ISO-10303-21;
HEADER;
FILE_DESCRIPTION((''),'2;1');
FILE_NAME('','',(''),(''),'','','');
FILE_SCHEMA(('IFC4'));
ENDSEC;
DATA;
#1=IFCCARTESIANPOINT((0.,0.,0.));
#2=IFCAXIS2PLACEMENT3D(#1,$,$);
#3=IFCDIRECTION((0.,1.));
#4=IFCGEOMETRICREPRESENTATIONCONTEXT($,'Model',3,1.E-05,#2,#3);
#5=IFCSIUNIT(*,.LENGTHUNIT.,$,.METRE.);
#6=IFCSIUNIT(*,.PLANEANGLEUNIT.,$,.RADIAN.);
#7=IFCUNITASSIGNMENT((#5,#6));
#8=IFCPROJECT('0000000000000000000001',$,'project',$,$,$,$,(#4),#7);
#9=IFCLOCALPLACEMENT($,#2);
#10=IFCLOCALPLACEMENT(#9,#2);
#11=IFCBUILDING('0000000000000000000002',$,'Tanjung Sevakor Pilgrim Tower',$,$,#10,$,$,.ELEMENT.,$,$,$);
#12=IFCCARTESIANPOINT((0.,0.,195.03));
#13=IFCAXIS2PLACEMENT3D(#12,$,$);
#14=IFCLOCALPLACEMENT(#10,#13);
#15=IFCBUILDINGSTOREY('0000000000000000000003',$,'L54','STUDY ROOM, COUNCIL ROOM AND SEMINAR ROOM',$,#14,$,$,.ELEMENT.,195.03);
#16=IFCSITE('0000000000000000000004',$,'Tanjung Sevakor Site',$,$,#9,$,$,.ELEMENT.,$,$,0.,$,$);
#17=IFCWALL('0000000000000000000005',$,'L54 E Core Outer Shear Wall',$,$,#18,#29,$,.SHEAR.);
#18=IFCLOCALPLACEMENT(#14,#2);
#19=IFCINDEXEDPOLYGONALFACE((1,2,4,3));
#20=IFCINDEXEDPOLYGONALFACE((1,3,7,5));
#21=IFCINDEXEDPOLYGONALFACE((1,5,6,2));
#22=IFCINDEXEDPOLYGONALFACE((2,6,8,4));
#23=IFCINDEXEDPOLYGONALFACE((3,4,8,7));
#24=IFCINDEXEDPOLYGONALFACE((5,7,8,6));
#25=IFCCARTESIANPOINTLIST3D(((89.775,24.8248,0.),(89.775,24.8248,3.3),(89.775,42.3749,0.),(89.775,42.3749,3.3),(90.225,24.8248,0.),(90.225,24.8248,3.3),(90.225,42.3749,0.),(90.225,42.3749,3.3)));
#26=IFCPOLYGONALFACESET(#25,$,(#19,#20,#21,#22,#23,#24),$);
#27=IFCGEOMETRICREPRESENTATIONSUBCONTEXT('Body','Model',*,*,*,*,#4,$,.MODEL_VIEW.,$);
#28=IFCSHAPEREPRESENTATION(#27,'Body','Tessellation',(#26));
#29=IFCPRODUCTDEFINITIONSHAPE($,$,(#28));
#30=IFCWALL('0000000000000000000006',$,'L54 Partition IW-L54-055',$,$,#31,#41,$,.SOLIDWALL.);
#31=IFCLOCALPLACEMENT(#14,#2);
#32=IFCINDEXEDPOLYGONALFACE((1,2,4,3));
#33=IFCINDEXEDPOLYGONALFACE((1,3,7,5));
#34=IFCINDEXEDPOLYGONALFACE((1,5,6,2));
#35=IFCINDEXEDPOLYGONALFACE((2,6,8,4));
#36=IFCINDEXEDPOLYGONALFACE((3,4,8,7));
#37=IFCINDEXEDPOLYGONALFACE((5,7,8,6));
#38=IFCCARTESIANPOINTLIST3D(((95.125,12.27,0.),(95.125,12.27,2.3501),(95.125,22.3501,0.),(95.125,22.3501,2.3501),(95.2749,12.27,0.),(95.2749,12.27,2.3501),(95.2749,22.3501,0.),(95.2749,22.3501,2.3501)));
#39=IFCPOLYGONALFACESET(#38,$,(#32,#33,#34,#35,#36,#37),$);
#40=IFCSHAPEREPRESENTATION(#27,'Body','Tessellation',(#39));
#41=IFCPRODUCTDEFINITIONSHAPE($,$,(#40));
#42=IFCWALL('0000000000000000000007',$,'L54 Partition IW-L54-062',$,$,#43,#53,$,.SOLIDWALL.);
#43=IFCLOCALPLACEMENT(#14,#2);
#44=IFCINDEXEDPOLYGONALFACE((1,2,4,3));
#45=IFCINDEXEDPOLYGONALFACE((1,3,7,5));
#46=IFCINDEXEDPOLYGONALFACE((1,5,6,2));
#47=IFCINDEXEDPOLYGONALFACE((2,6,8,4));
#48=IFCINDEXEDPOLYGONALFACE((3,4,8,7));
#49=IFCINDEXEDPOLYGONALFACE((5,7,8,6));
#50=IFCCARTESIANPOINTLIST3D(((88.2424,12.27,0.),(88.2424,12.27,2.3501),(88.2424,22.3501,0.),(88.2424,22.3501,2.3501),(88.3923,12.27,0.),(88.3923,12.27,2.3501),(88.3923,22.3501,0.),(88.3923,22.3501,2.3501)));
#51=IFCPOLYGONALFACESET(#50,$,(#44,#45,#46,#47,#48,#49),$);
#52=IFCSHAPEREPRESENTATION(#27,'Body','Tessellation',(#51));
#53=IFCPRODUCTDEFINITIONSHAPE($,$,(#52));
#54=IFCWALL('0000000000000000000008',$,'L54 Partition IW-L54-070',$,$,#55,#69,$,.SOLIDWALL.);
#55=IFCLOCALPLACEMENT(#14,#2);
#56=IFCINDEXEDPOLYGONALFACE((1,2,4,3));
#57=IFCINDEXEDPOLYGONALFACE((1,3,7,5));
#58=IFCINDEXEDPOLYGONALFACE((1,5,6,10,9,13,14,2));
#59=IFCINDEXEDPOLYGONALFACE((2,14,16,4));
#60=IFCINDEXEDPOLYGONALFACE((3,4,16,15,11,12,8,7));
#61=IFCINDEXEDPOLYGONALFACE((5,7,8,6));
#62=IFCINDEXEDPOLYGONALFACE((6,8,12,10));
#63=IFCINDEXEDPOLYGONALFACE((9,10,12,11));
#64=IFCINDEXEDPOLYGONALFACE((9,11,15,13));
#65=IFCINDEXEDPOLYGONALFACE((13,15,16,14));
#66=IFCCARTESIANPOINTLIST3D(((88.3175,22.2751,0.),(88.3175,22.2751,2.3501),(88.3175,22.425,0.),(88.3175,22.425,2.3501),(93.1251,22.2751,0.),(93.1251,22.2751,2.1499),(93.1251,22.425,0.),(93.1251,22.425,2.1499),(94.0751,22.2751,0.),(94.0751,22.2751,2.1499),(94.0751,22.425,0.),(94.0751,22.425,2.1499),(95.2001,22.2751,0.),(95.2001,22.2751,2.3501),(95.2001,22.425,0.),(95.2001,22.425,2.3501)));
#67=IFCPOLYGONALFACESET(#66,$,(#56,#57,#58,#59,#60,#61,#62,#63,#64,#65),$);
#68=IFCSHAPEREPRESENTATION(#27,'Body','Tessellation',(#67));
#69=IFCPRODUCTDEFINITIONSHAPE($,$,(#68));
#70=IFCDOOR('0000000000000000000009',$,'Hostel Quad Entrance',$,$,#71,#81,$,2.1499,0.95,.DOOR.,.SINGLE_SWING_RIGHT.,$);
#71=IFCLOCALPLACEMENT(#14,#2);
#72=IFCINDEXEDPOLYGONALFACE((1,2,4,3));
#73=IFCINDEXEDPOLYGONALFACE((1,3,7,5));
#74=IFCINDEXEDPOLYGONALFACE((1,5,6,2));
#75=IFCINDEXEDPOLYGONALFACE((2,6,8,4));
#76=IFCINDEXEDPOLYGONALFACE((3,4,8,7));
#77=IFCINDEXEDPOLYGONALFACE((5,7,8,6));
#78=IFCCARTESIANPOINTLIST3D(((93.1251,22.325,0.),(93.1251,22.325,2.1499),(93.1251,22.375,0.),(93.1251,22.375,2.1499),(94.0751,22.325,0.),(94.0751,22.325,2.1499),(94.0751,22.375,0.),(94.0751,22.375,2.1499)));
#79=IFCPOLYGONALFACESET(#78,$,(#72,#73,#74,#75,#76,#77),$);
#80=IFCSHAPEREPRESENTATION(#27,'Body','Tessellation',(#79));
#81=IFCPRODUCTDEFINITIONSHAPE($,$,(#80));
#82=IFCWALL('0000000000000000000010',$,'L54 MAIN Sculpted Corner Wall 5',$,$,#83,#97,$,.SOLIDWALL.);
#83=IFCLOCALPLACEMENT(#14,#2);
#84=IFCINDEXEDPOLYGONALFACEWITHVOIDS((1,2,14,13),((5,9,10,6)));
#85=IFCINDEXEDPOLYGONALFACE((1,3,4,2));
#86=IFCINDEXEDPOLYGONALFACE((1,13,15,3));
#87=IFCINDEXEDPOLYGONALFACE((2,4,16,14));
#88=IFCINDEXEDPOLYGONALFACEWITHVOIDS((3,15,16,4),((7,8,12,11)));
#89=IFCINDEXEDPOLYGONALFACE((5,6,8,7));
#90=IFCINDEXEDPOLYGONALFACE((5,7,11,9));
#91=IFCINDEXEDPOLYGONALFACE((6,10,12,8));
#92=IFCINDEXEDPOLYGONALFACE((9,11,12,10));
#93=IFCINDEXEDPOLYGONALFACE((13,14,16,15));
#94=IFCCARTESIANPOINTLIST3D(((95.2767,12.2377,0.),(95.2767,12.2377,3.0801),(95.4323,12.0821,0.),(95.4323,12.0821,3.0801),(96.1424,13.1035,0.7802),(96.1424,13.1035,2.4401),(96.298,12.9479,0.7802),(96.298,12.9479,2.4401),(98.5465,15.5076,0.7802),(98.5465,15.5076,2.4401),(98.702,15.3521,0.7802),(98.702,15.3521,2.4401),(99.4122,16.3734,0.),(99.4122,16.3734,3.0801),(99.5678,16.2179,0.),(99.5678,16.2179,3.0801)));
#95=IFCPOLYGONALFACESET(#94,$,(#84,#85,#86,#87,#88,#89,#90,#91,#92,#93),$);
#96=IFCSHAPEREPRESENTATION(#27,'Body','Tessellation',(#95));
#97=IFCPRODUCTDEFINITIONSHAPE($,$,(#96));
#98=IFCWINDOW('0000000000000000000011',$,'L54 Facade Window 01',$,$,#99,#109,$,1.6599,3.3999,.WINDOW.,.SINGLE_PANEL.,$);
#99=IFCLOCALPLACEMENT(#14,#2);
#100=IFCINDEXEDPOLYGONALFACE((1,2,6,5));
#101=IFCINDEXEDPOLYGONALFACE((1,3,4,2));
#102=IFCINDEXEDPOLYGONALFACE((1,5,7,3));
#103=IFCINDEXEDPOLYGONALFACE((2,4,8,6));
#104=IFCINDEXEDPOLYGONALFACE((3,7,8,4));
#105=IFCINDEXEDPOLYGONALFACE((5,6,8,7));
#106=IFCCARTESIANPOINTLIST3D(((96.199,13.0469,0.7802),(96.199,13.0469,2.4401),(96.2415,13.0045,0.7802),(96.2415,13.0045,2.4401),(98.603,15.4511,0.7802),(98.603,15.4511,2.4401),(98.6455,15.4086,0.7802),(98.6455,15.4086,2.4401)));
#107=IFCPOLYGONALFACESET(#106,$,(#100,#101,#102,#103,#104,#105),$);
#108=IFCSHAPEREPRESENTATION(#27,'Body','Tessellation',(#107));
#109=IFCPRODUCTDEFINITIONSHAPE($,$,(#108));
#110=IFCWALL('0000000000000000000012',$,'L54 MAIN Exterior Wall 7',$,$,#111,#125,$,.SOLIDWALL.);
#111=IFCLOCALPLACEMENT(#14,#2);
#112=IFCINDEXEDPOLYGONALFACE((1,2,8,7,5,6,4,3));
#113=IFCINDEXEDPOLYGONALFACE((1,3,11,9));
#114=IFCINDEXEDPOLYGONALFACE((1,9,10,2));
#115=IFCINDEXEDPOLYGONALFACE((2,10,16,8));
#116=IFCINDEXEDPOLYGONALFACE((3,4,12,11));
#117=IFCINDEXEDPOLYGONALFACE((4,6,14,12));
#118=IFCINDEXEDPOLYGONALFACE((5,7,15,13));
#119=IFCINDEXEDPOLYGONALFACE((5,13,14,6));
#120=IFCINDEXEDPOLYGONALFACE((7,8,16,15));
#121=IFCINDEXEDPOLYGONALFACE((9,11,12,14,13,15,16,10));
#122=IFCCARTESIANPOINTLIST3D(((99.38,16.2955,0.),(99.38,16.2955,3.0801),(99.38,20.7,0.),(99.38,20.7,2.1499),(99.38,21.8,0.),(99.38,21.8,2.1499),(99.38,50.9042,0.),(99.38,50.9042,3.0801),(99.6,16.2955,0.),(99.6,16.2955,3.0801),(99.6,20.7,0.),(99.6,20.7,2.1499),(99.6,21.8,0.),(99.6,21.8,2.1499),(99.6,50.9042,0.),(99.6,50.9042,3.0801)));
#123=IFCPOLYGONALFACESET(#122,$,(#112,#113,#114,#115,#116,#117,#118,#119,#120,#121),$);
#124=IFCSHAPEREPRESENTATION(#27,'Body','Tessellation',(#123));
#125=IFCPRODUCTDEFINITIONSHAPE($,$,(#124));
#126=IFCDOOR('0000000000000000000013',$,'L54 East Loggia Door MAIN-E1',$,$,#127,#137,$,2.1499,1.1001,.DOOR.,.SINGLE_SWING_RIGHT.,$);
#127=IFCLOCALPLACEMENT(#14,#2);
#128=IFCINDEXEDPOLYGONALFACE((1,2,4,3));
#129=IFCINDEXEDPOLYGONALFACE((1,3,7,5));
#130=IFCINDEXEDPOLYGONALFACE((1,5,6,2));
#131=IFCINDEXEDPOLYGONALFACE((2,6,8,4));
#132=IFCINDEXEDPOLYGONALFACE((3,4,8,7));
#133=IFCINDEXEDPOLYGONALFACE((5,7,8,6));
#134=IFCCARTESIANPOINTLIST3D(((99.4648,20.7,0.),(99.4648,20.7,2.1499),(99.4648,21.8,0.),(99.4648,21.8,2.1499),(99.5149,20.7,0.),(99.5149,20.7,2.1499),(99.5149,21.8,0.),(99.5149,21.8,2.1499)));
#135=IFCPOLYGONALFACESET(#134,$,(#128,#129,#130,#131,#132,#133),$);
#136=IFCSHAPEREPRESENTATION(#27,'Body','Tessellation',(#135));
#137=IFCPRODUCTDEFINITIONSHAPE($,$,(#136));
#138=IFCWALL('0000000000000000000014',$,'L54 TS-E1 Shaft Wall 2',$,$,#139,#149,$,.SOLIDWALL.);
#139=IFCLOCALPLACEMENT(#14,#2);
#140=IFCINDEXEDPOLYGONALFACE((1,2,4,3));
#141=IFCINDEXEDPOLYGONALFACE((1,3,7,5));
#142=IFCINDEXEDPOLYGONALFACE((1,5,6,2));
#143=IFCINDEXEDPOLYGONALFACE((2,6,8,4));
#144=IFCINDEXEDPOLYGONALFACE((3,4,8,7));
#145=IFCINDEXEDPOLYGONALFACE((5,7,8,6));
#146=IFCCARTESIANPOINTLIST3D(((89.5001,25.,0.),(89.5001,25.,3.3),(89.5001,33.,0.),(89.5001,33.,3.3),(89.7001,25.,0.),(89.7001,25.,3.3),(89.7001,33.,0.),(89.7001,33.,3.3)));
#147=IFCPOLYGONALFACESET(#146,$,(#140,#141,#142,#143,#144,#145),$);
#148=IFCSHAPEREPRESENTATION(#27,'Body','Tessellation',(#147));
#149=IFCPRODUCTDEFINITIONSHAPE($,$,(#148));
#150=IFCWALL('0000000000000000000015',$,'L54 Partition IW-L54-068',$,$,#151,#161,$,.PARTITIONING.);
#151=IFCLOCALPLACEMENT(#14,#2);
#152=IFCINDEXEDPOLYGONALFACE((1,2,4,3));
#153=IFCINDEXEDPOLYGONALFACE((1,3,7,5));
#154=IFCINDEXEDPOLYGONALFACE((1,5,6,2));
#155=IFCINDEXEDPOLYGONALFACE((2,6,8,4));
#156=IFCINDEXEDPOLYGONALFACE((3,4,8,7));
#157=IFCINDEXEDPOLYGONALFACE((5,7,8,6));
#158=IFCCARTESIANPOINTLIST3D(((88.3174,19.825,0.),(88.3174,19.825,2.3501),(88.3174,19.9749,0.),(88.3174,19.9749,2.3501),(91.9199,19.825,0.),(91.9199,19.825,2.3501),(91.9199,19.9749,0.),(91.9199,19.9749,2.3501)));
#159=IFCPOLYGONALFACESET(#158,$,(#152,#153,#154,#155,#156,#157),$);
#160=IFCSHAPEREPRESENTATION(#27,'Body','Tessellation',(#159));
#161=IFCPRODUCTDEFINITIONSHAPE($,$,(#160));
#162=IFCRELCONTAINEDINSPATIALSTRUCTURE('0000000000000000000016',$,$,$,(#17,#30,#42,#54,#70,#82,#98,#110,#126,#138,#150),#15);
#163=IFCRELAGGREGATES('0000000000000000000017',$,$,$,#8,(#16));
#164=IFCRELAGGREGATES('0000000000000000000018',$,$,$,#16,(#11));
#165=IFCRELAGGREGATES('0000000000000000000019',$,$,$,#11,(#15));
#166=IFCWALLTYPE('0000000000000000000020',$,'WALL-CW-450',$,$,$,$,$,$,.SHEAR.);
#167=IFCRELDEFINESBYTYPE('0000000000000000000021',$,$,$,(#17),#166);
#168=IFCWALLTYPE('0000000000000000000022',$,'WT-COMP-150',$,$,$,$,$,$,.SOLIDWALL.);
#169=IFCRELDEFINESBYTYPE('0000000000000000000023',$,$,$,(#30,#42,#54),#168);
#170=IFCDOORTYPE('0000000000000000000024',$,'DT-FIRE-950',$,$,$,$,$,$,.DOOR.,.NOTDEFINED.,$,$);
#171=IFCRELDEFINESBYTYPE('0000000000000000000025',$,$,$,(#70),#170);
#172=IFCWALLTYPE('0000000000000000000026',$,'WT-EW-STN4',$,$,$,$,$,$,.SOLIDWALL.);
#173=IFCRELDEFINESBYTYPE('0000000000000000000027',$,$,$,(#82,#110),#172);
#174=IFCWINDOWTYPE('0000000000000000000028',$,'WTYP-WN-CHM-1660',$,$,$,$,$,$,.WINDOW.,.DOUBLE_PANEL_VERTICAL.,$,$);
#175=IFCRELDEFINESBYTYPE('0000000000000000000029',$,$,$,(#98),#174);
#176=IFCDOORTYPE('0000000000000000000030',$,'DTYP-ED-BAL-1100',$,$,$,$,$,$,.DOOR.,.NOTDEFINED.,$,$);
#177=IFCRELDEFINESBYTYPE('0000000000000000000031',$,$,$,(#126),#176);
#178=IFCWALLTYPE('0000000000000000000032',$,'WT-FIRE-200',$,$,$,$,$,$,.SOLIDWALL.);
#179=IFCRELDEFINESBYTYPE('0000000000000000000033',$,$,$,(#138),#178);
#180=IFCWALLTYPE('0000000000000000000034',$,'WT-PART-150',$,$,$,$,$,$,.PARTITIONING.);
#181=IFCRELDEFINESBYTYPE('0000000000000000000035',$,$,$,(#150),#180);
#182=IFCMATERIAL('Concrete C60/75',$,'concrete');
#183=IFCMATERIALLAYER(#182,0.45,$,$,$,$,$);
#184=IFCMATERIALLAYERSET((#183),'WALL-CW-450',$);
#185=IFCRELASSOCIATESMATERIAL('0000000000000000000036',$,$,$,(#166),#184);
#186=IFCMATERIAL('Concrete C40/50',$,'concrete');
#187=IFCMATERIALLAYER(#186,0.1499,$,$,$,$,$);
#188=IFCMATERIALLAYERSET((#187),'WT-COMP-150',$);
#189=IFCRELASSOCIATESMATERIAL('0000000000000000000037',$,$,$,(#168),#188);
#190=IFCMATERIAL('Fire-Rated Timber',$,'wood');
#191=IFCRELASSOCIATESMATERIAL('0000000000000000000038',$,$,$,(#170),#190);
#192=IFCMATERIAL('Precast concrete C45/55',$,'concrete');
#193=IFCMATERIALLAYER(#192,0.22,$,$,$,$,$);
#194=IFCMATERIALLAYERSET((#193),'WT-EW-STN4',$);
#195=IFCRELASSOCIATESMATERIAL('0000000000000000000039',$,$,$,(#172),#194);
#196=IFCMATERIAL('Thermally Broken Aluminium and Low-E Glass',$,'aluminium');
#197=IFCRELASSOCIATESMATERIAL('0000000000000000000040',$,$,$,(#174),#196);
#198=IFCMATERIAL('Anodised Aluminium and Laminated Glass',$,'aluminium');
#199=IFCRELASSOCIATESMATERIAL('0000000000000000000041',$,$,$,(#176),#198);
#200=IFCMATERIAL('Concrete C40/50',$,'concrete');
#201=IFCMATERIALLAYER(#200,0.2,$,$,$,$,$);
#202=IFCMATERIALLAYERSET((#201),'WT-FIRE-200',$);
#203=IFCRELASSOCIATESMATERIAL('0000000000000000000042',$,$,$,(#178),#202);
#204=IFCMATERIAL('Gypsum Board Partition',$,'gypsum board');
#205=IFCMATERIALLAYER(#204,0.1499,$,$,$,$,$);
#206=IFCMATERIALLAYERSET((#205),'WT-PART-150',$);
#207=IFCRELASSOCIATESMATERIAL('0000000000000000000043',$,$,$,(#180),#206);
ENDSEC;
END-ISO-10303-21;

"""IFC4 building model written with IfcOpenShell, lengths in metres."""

from ifc_helpers import new_model, si_unit, direction, frame, frame_2d, origin, place, context, subcontext, project, spatial, rectangle, extrude, material, layer, layer_set, type_object, element, fill, save


model = new_model("IFC4")

# Units and contexts
model_context = context("Model", 3, precision=1e-05, world=origin(), true_north=direction((0.0, 1.0)))
body_context = subcontext(model_context, "Body", "Model", "MODEL_VIEW")
ifc_project = project(units=[si_unit("LENGTHUNIT", "METRE"), si_unit("PLANEANGLEUNIT", "RADIAN")], contexts=[model_context])

# Site, building, storey
site_placement = place(None, origin())
site = spatial("IfcSite", under=ifc_project, at=site_placement, Name="Tanjung Sevakor Site", CompositionType="ELEMENT", RefElevation=0.0)
building_placement = place(site_placement, origin())
building = spatial("IfcBuilding", under=site, at=building_placement, Name="Tanjung Sevakor Pilgrim Tower", CompositionType="ELEMENT")
storey_placement = place(building_placement, frame((0.0, 0.0, 195.03)))
storey = spatial("IfcBuildingStorey", under=building, at=storey_placement, Name="L54", Description="STUDY ROOM, COUNCIL ROOM AND SEMINAR ROOM", CompositionType="ELEMENT", Elevation=195.03)

# Walls
ifc_material_1 = material(Name="Concrete C60/75", Category="concrete")
ifc_layer_1 = layer(ifc_material_1, 0.45)
ifc_layer_set_1 = layer_set([ifc_layer_1], Name="WALL-CW-450")
wall_type_1 = type_object("IfcWallType", Name="WALL-CW-450", PredefinedType="SHEAR", material=ifc_layer_set_1)
wall_1_placement = place(storey_placement, frame((90.0, 24.825, 0.0), z_axis=(0.0, 0.0, 1.0), x_axis=(0.0, 1.0, 0.0)))
element("IfcWall", 1, at=wall_1_placement, inside=storey, type_object=wall_type_1, Name="L54 E Core Outer Shear Wall", PredefinedType="SHEAR", context=body_context, shape_type="SweptSolid", body=[
    extrude(rectangle(XDim=17.55, YDim=0.45, at=frame_2d((8.7749, 0.0))), origin(), (0.0, 0.0, 1.0), 3.3),
])
ifc_material_2 = material(Name="Concrete C40/50", Category="concrete")
ifc_layer_2 = layer(ifc_material_2, 0.1499)
ifc_layer_set_2 = layer_set([ifc_layer_2], Name="WT-COMP-150")
wall_type_2 = type_object("IfcWallType", Name="WT-COMP-150", PredefinedType="SOLIDWALL", material=ifc_layer_set_2)
for number, where, z_axis, x_axis, name in (
    (2, (95.2, 12.27, 0.0), (0.0, 0.0, 1.0), (0.0, 1.0, 0.0), "L54 Partition IW-L54-055"),
    (3, (88.3174, 12.27, 0.0), (0.0, 0.0, 1.0), (0.0, 1.0, 0.0), "L54 Partition IW-L54-062"),
):
    element("IfcWall", number, at=place(storey_placement, frame(where, z_axis=z_axis, x_axis=x_axis)), inside=storey, type_object=wall_type_2, Name=name, PredefinedType="SOLIDWALL", context=body_context, shape_type="SweptSolid", body=[
        extrude(rectangle(XDim=10.0801, YDim=0.1499, at=frame_2d((5.04, 0.0))), origin(), (0.0, 0.0, 1.0), 2.3501),
    ])

# Wall, opening, door
wall_2_placement = place(storey_placement, frame((88.3174, 22.3501, 0.0), z_axis=(0.0, 0.0, 1.0), x_axis=(1.0, 0.0, 0.0)))
wall_2 = element("IfcWall", 4, at=wall_2_placement, inside=storey, type_object=wall_type_2, Name="L54 Partition IW-L54-070", PredefinedType="SOLIDWALL", context=body_context, shape_type="SweptSolid", body=[
    extrude(rectangle(XDim=6.8826, YDim=0.1499, at=frame_2d((3.4414, 0.0))), origin(), (0.0, 0.0, 1.0), 2.3501),
])
opening_1_placement = place(wall_2_placement, frame((4.8076, 0.0, 0.0)))
opening_1 = element("IfcOpeningElement", 5, at=opening_1_placement, cuts=wall_2, PredefinedType="OPENING", context=body_context, shape_type="SweptSolid", body=[
    extrude(rectangle(XDim=0.95, YDim=2.1499, at=frame_2d((0.4751, 1.075))), frame((0.0, 0.085, 0.0), z_axis=(0.0, -1.0, 0.0), x_axis=(1.0, 0.0, 0.0)), (0.0, 0.0, 1.0), 0.1699),
])
ifc_material_3 = material(Name="Fire-Rated Timber", Category="wood")
door_type_1 = type_object("IfcDoorType", Name="DT-FIRE-950", OperationType="NOTDEFINED", PredefinedType="DOOR", material=ifc_material_3)
door_1_placement = place(opening_1_placement, origin())
door_1 = element("IfcDoor", 6, at=door_1_placement, inside=storey, type_object=door_type_1, Name="Hostel Quad Entrance", OperationType="SINGLE_SWING_RIGHT", OverallHeight=2.1499, OverallWidth=0.95, PredefinedType="DOOR", context=body_context, shape_type="SweptSolid", body=[
    extrude(rectangle(XDim=0.95, YDim=2.1499, at=frame_2d((0.4751, 1.075))), frame((0.0, 0.0249, 0.0), z_axis=(0.0, -1.0, 0.0), x_axis=(1.0, 0.0, 0.0)), (0.0, 0.0, 1.0), 0.05),
])
fill(opening_1, door_1)

# Wall, opening, window
ifc_material_4 = material(Name="Precast concrete C45/55", Category="concrete")
ifc_layer_3 = layer(ifc_material_4, 0.22)
ifc_layer_set_3 = layer_set([ifc_layer_3], Name="WT-EW-STN4")
wall_type_3 = type_object("IfcWallType", Name="WT-EW-STN4", PredefinedType="SOLIDWALL", material=ifc_layer_set_3)
wall_3_placement = place(storey_placement, frame((95.3545, 12.1599, 0.0), z_axis=(0.0, 0.0, 1.0), x_axis=(0.707086, 0.707128, 0.0)))
wall_3 = element("IfcWall", 7, at=wall_3_placement, inside=storey, type_object=wall_type_3, Name="L54 MAIN Sculpted Corner Wall 5", PredefinedType="SOLIDWALL", context=body_context, shape_type="SweptSolid", body=[
    extrude(rectangle(XDim=5.8486, YDim=0.22, at=frame_2d((2.9243, 0.0))), origin(), (0.0, 0.0, 1.0), 3.0801),
])
opening_2_placement = place(wall_3_placement, frame((1.2244, 0.0, 0.78)))
opening_2 = element("IfcOpeningElement", 8, at=opening_2_placement, cuts=wall_3, PredefinedType="OPENING", context=body_context, shape_type="SweptSolid", body=[
    extrude(rectangle(XDim=3.3999, YDim=1.6599, at=frame_2d((1.7, 0.8301))), frame((0.0, 0.1199, 0.0), z_axis=(0.0, -1.0, 0.0), x_axis=(1.0, 0.0, 0.0)), (0.0, 0.0, 1.0), 0.24),
])
ifc_material_5 = material(Name="Thermally Broken Aluminium and Low-E Glass", Category="aluminium")
window_type = type_object("IfcWindowType", Name="WTYP-WN-CHM-1660", PartitioningType="DOUBLE_PANEL_VERTICAL", PredefinedType="WINDOW", material=ifc_material_5)
window_placement = place(opening_2_placement, origin())
window = element("IfcWindow", 9, at=window_placement, inside=storey, type_object=window_type, Name="L54 Facade Window 01", OverallHeight=1.6599, OverallWidth=3.3999, PartitioningType="SINGLE_PANEL", PredefinedType="WINDOW", context=body_context, shape_type="SweptSolid", body=[
    extrude(rectangle(XDim=3.3999, YDim=1.6599, at=frame_2d((1.7, 0.8301))), frame((0.0, 0.03, 0.0), z_axis=(0.0, -1.0, 0.0), x_axis=(1.0, 0.0, 0.0)), (0.0, 0.0, 1.0), 0.0601),
])
fill(opening_2, window)

# Wall, opening, door
wall_4_placement = place(storey_placement, frame((99.49, 16.2957, 0.0), z_axis=(0.0, 0.0, 1.0), x_axis=(0.0, 1.0, 0.0)))
wall_4 = element("IfcWall", 10, at=wall_4_placement, inside=storey, type_object=wall_type_3, Name="L54 MAIN Exterior Wall 7", PredefinedType="SOLIDWALL", context=body_context, shape_type="SweptSolid", body=[
    extrude(rectangle(XDim=34.6086, YDim=0.22, at=frame_2d((17.3042, 0.0))), origin(), (0.0, 0.0, 1.0), 3.0801),
])
opening_3_placement = place(wall_4_placement, frame((4.4043, 0.0, 0.0)))
opening_3 = element("IfcOpeningElement", 11, at=opening_3_placement, cuts=wall_4, PredefinedType="OPENING", context=body_context, shape_type="SweptSolid", body=[
    extrude(rectangle(XDim=1.1001, YDim=2.1499, at=frame_2d((0.55, 1.075))), frame((0.0, 0.1199, 0.0), z_axis=(0.0, -1.0, 0.0), x_axis=(1.0, 0.0, 0.0)), (0.0, 0.0, 1.0), 0.24),
])
ifc_material_6 = material(Name="Anodised Aluminium and Laminated Glass", Category="aluminium")
door_type_2 = type_object("IfcDoorType", Name="DTYP-ED-BAL-1100", OperationType="NOTDEFINED", PredefinedType="DOOR", material=ifc_material_6)
door_2_placement = place(opening_3_placement, frame((1.1001, 0.0, 0.0), z_axis=(0.0, 0.0, 1.0), x_axis=(-1.0, 0.0, 0.0)))
door_2 = element("IfcDoor", 12, at=door_2_placement, inside=storey, type_object=door_type_2, Name="L54 East Loggia Door MAIN-E1", OperationType="SINGLE_SWING_RIGHT", OverallHeight=2.1499, OverallWidth=1.1001, PredefinedType="DOOR", context=body_context, shape_type="SweptSolid", body=[
    extrude(rectangle(XDim=1.1001, YDim=2.1499, at=frame_2d((0.55, 1.075))), frame((0.0, 0.0249, 0.0), z_axis=(0.0, -1.0, 0.0), x_axis=(1.0, 0.0, 0.0)), (0.0, 0.0, 1.0), 0.05),
])
fill(opening_3, door_2)

# Walls
ifc_material_7 = material(Name="Concrete C40/50", Category="concrete")
ifc_layer_4 = layer(ifc_material_7, 0.2)
ifc_layer_set_4 = layer_set([ifc_layer_4], Name="WT-FIRE-200")
wall_type_4 = type_object("IfcWallType", Name="WT-FIRE-200", PredefinedType="SOLIDWALL", material=ifc_layer_set_4)
wall_5_placement = place(storey_placement, frame((89.6001, 25.0, 0.0), z_axis=(0.0, 0.0, 1.0), x_axis=(0.0, 1.0, 0.0)))
element("IfcWall", 13, at=wall_5_placement, inside=storey, type_object=wall_type_4, Name="L54 TS-E1 Shaft Wall 2", PredefinedType="SOLIDWALL", context=body_context, shape_type="SweptSolid", body=[
    extrude(rectangle(XDim=8.0, YDim=0.2, at=frame_2d((4.0, 0.0))), origin(), (0.0, 0.0, 1.0), 3.3),
])
ifc_material_8 = material(Name="Gypsum Board Partition", Category="gypsum board")
ifc_layer_5 = layer(ifc_material_8, 0.1499)
ifc_layer_set_5 = layer_set([ifc_layer_5], Name="WT-PART-150")
wall_type_5 = type_object("IfcWallType", Name="WT-PART-150", PredefinedType="PARTITIONING", material=ifc_layer_set_5)
wall_6_placement = place(storey_placement, frame((88.3174, 19.8999, 0.0), z_axis=(0.0, 0.0, 1.0), x_axis=(1.0, 0.0, 0.0)))
element("IfcWall", 14, at=wall_6_placement, inside=storey, type_object=wall_type_5, Name="L54 Partition IW-L54-068", PredefinedType="PARTITIONING", context=body_context, shape_type="SweptSolid", body=[
    extrude(rectangle(XDim=3.6025, YDim=0.1499, at=frame_2d((1.8013, 0.0))), origin(), (0.0, 0.0, 1.0), 2.3501),
])

save(model, "model.ifc")
